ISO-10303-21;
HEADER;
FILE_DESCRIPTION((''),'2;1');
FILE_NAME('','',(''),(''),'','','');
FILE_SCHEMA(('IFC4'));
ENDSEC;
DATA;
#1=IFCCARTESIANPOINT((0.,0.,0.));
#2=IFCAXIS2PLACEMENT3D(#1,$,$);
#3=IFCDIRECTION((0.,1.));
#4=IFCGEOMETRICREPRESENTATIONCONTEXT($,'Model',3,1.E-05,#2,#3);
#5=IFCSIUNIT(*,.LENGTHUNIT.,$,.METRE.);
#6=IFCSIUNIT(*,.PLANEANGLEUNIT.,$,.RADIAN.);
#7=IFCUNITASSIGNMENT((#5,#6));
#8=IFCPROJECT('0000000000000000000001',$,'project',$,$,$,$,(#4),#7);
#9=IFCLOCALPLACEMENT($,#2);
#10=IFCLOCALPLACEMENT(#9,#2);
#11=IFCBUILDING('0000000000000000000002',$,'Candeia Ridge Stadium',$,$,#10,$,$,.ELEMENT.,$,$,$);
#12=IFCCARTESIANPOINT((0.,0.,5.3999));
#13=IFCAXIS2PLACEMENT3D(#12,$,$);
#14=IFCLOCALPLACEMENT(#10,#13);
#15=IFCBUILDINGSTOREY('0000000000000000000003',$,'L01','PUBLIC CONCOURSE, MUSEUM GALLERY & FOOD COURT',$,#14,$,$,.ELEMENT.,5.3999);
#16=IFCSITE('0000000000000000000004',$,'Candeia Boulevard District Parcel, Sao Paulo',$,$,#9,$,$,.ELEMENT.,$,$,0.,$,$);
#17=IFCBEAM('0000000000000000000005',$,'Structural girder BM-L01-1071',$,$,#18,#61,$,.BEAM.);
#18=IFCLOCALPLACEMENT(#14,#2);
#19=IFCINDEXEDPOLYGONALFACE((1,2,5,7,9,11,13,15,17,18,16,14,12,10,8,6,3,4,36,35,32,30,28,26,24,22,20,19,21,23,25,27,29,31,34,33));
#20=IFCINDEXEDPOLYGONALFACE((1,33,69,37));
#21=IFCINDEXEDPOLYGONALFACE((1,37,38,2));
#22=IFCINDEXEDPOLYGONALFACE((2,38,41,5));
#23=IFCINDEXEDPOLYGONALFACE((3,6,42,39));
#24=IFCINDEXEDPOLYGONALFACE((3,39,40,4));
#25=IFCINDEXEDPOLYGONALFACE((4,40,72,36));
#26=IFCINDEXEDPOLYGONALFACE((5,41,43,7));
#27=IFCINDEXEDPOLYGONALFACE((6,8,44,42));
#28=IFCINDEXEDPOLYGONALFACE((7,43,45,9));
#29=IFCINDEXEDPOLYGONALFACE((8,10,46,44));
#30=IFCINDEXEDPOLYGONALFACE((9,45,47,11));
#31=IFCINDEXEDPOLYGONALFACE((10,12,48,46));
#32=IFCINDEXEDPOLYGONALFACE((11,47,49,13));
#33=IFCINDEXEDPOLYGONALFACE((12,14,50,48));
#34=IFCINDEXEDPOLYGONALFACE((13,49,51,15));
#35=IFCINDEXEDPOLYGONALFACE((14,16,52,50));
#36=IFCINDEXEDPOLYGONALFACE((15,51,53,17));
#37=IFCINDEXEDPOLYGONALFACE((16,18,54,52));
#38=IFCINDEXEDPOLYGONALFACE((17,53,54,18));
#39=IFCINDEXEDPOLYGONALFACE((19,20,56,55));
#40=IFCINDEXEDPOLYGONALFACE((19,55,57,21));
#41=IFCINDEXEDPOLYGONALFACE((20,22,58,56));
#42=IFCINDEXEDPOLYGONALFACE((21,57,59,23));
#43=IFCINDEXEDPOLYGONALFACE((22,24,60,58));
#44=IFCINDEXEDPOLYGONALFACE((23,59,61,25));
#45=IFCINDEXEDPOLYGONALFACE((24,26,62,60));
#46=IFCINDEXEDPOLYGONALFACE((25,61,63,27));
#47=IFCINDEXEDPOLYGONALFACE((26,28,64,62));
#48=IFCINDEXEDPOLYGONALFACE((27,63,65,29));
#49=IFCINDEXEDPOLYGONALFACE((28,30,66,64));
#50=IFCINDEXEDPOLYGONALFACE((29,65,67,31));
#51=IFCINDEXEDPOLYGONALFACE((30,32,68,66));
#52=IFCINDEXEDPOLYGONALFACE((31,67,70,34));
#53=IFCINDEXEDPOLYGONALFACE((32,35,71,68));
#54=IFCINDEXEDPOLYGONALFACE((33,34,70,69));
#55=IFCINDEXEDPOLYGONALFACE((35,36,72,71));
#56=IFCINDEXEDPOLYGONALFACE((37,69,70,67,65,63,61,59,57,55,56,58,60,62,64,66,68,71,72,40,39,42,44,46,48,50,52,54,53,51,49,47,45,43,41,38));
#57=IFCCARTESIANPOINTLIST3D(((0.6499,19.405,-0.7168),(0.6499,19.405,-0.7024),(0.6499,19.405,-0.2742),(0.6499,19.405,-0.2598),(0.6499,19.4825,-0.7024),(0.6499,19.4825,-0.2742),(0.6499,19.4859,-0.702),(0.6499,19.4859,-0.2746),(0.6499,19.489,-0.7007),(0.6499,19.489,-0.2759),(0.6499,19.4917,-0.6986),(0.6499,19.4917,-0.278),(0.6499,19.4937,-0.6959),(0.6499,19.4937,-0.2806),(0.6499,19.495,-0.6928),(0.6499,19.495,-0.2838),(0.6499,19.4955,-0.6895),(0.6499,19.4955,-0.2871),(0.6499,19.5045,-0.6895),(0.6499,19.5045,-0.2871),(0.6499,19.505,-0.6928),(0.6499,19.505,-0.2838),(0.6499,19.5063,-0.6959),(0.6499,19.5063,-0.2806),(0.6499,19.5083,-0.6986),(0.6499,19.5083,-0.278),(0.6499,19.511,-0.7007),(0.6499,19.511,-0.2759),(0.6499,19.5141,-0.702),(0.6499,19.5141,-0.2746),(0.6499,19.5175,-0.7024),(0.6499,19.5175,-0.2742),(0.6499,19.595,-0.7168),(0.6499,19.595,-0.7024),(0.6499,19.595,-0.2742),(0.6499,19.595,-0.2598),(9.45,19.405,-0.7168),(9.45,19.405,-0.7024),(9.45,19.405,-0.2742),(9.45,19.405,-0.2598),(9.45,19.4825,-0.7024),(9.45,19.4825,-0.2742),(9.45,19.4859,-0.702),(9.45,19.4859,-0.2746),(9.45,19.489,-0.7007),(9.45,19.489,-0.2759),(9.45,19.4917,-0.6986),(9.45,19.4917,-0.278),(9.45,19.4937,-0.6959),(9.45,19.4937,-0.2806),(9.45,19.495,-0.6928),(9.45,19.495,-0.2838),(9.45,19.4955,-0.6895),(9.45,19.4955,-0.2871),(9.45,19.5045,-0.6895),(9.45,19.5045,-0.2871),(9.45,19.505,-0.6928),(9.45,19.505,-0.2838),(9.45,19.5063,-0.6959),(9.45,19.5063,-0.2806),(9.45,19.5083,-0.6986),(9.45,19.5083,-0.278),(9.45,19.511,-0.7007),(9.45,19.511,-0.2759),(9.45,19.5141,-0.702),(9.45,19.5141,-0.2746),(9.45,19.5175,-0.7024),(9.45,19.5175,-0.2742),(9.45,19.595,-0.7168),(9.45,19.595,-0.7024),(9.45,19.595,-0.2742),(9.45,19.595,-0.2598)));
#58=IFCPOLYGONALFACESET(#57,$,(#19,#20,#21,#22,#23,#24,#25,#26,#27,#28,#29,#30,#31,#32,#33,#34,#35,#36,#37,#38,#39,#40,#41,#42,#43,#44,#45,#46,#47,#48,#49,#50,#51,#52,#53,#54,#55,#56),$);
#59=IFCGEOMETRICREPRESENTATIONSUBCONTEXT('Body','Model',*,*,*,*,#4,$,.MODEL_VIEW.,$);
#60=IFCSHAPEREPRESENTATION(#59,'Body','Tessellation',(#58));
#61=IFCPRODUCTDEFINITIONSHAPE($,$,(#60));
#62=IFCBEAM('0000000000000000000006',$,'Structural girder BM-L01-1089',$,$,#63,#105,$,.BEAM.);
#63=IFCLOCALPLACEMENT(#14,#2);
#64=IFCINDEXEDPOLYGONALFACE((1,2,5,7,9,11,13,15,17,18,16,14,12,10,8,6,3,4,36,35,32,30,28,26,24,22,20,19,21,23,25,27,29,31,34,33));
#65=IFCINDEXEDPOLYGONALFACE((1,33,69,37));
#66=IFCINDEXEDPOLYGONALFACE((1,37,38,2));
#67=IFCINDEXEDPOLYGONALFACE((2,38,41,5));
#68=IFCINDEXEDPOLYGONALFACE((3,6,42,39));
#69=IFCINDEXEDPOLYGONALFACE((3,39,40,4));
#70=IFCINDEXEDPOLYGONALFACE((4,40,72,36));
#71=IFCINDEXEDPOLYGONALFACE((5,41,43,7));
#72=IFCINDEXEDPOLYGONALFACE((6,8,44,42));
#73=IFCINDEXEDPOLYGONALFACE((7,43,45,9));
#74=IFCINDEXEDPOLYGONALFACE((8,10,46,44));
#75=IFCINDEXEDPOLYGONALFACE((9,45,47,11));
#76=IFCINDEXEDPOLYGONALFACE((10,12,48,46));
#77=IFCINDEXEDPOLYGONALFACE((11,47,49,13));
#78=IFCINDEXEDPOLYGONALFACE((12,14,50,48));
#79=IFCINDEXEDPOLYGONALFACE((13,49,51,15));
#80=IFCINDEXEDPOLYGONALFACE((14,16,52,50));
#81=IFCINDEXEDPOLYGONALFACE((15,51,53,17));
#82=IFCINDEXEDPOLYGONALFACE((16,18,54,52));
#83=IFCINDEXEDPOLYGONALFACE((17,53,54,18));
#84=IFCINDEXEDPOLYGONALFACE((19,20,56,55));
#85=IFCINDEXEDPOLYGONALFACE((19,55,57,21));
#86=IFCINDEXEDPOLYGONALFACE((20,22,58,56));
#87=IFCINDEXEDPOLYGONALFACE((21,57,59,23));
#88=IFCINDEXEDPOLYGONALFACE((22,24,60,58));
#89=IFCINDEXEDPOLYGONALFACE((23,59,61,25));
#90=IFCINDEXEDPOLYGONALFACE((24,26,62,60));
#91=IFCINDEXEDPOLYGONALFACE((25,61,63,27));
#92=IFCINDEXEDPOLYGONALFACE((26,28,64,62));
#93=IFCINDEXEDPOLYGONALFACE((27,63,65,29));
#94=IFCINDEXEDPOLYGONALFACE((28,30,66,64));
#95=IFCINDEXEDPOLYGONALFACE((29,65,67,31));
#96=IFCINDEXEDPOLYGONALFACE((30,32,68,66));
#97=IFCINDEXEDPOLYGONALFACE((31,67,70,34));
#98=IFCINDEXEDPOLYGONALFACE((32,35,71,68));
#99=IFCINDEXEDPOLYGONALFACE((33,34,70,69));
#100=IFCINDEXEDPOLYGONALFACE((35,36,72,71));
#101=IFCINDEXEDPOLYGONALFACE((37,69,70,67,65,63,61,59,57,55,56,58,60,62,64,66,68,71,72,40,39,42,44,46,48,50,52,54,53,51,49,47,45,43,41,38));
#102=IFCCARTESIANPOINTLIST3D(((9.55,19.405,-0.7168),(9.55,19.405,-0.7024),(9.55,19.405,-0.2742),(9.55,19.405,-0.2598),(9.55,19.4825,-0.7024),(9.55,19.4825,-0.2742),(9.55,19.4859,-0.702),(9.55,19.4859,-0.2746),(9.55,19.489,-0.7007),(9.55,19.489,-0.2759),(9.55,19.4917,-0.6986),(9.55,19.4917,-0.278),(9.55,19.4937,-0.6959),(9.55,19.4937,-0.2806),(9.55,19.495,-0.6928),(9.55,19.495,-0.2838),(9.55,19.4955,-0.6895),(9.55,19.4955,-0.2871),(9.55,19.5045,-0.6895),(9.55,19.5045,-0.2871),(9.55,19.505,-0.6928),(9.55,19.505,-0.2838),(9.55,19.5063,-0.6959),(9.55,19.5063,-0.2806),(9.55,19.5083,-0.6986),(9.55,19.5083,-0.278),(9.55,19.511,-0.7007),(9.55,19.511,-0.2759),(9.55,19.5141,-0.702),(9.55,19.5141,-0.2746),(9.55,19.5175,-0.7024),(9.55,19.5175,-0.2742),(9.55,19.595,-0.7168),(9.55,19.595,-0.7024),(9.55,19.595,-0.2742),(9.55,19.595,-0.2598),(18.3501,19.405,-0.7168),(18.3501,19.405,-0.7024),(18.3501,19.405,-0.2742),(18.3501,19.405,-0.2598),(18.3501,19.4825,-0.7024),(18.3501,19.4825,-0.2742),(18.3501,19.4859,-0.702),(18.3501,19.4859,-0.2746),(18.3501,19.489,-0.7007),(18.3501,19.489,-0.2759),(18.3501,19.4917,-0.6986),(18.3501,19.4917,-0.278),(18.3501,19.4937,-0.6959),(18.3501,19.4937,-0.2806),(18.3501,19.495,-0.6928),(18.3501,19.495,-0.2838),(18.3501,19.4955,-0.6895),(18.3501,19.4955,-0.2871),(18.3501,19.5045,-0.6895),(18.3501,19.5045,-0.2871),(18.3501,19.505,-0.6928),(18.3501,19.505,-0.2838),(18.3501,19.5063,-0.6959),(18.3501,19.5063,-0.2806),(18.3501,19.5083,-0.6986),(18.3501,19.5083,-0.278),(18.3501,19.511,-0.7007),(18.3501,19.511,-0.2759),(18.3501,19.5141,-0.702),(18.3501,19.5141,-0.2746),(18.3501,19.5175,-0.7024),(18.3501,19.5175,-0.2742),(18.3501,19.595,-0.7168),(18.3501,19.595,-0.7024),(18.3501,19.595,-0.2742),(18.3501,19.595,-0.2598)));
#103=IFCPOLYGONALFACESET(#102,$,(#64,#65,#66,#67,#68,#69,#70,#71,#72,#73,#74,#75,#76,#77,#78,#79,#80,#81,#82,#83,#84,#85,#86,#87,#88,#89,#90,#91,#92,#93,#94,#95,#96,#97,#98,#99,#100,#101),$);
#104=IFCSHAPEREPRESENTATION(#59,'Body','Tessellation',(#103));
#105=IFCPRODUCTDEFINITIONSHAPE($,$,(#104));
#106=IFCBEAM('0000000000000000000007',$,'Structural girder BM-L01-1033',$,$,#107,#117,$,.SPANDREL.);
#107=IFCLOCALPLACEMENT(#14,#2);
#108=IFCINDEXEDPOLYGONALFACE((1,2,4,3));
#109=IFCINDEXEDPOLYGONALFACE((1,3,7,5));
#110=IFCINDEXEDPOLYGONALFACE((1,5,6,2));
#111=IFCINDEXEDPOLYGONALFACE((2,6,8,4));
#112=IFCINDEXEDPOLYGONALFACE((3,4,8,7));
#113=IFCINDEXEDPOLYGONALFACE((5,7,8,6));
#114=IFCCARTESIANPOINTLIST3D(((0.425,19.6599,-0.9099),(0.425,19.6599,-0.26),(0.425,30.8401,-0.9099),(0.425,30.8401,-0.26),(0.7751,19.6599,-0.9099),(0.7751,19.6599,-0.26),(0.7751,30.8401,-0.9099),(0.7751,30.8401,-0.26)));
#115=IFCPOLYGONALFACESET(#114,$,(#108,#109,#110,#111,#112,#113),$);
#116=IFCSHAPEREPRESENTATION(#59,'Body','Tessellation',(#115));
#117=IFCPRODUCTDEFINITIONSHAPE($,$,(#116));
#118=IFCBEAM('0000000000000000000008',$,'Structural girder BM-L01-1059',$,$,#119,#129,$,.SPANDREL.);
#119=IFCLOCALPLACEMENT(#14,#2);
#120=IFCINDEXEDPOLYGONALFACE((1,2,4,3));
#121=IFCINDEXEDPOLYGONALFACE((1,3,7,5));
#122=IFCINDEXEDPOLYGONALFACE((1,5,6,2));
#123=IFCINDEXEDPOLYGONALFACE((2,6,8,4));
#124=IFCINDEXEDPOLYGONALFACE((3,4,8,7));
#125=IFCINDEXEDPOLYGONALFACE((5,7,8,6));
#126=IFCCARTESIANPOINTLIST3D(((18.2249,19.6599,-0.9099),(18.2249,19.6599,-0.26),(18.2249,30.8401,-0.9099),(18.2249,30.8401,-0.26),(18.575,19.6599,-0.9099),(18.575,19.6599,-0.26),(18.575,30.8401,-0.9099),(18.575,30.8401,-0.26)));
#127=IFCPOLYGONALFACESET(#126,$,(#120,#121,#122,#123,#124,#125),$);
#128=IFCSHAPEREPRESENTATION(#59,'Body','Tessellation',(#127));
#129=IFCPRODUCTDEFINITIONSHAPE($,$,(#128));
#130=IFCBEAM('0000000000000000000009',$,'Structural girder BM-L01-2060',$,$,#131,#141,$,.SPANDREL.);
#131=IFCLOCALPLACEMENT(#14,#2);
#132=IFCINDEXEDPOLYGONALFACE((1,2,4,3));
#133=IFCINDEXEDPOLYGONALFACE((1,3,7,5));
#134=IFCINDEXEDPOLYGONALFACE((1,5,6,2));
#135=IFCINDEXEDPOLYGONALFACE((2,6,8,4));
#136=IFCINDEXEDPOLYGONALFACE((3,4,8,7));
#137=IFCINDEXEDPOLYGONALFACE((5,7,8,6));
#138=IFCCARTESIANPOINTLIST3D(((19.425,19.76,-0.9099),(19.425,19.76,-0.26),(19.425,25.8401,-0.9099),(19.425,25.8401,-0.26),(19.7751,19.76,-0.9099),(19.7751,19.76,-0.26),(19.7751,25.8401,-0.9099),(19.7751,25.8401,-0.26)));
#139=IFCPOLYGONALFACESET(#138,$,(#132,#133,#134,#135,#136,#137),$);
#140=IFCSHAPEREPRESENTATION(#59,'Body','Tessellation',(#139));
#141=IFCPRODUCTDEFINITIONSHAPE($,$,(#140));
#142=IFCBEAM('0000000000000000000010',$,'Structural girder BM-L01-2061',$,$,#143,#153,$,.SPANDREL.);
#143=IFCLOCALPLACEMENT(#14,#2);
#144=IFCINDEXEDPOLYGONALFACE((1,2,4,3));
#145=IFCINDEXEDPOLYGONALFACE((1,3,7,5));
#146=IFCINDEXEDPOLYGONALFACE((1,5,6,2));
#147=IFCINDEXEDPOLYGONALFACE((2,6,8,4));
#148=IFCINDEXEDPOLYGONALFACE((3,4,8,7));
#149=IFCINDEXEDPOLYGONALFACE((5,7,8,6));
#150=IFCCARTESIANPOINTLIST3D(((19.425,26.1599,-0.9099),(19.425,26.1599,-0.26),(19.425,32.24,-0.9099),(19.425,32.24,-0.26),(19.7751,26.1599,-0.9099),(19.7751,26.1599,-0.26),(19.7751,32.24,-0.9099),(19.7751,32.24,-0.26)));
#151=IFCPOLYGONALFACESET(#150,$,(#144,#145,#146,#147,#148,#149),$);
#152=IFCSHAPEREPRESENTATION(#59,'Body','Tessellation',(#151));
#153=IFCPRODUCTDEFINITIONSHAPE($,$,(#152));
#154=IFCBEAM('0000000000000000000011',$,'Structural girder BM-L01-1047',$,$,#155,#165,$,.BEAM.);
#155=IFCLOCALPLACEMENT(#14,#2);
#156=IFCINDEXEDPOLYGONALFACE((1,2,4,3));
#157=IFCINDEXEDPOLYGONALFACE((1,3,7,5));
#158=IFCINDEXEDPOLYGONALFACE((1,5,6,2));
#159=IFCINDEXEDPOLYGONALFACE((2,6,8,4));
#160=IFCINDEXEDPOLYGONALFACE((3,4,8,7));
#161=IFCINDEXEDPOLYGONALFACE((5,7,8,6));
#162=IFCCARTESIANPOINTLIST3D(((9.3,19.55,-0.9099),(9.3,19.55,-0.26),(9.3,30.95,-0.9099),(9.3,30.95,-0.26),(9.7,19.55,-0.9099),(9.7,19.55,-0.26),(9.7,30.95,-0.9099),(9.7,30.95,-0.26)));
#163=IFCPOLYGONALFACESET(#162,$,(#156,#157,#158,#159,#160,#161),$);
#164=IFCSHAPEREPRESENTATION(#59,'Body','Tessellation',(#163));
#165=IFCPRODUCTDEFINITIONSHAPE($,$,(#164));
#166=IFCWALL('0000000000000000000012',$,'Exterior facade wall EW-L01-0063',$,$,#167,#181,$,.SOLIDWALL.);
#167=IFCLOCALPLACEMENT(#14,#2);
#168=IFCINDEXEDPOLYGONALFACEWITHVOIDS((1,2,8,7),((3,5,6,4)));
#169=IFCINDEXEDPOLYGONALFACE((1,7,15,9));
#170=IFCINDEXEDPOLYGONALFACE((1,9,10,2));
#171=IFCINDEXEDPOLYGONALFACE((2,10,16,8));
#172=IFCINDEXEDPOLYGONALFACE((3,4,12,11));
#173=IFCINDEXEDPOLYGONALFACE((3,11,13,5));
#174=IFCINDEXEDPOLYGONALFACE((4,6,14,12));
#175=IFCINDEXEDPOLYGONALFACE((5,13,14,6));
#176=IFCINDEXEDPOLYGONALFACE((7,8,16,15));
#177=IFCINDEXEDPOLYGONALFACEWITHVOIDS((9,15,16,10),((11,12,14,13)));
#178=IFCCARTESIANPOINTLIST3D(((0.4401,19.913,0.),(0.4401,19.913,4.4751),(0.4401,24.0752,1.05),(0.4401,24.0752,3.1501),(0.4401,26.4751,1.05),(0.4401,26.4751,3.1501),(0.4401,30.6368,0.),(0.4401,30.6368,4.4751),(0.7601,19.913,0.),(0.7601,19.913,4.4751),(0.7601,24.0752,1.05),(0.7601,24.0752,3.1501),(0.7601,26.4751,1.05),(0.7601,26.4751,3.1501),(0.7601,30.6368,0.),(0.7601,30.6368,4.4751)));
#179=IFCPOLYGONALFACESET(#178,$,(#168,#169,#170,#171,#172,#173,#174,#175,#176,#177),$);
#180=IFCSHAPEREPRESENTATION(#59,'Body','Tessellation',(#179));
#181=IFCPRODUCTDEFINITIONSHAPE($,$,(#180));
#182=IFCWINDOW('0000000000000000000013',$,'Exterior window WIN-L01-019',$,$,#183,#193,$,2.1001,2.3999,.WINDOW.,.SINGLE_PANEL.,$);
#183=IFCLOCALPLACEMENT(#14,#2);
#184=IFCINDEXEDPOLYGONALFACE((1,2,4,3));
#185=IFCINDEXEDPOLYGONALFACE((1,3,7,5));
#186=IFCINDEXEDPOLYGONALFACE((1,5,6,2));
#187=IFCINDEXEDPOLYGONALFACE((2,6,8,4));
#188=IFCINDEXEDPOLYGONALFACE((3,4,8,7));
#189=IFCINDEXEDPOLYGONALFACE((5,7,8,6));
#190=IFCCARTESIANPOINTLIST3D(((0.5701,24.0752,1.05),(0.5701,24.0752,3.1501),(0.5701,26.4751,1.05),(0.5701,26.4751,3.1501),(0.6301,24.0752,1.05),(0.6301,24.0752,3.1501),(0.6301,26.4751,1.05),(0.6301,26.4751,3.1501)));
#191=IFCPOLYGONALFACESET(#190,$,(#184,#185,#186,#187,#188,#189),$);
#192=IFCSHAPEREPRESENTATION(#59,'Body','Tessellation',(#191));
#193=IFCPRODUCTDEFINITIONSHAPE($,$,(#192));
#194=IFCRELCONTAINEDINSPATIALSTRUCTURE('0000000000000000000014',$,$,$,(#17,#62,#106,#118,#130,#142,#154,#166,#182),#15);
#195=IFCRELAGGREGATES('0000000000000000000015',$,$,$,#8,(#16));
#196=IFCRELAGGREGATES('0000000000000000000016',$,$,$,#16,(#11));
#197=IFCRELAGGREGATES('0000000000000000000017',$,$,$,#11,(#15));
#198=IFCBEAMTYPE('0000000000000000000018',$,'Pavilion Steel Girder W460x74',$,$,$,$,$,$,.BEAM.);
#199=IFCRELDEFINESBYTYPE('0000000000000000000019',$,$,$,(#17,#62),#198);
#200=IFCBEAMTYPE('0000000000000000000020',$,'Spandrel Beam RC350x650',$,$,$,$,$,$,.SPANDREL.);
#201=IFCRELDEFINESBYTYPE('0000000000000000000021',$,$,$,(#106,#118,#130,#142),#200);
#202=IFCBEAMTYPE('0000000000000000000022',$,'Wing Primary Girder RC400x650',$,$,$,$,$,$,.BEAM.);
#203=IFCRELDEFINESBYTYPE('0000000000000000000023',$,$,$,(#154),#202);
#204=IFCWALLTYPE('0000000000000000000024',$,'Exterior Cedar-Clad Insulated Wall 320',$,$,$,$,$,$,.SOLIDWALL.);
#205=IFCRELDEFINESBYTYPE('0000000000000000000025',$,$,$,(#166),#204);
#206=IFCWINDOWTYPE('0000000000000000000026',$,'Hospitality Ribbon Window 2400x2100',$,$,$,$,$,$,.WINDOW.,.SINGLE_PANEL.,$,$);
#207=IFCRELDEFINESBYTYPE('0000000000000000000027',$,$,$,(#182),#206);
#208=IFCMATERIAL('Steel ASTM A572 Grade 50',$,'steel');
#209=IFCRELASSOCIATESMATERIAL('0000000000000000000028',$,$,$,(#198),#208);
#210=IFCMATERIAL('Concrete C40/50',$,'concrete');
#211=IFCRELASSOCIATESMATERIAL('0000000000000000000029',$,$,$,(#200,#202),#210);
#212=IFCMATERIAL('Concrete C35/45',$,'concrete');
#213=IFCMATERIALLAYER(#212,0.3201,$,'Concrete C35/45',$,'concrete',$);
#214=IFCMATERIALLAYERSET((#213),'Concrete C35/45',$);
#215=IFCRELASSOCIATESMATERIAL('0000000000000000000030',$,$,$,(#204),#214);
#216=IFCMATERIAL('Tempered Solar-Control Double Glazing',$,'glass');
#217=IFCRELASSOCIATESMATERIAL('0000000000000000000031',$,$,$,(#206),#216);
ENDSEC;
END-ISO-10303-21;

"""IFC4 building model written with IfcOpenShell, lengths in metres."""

from ifc_helpers import new_model, si_unit, direction, frame, frame_2d, origin, origin_2d, place, context, subcontext, project, spatial, rectangle, i_section, extrude, material, layer, layer_set, material_profile, profile_set, type_object, element, fill, save


model = new_model("IFC4")

# Units and contexts
model_context = context("Model", 3, precision=1e-05, world=origin(), true_north=direction((0.0, 1.0)))
body_context = subcontext(model_context, "Body", "Model", "MODEL_VIEW")
ifc_project = project(units=[si_unit("LENGTHUNIT", "METRE"), si_unit("PLANEANGLEUNIT", "RADIAN")], contexts=[model_context])

# Site, building, storey
site_placement = place(None, origin())
site = spatial("IfcSite", under=ifc_project, at=site_placement, Name="Candeia Boulevard District Parcel, Sao Paulo", CompositionType="ELEMENT", RefElevation=0.0)
building_placement = place(site_placement, origin())
building = spatial("IfcBuilding", under=site, at=building_placement, Name="Candeia Ridge Stadium", CompositionType="ELEMENT")
storey_placement = place(building_placement, frame((0.0, 0.0, 5.3999)))
storey = spatial("IfcBuildingStorey", under=building, at=storey_placement, Name="L01", Description="PUBLIC CONCOURSE, MUSEUM GALLERY & FOOD COURT", CompositionType="ELEMENT", Elevation=5.3999)

# Shared definitions
ifc_material_1 = material(Name="Concrete C40/50", Category="concrete")

# Beams
ifc_material_2 = material(Name="Steel ASTM A572 Grade 50", Category="steel")
ifc_material_profile_1 = material_profile(ifc_material_2, i_section(OverallWidth=0.1899, OverallDepth=0.457, WebThickness=0.009, FlangeThickness=0.0144, FilletRadius=0.0129, at=origin_2d()), Name="W460x74", Category="steel")
ifc_profile_set_1 = profile_set([ifc_material_profile_1], Name="Steel ASTM A572 Grade 50")
beam_type_1 = type_object("IfcBeamType", Name="Pavilion Steel Girder W460x74", PredefinedType="BEAM", material=ifc_profile_set_1)
for number, where, z_axis, x_axis, name in (
    (1, (0.6499, 19.5, -0.4883), (1.0, 0.0, 0.0), (0.0, 1.0, 0.0), "Structural girder BM-L01-1071"),
    (2, (9.55, 19.5, -0.4883), (1.0, 0.0, 0.0), (0.0, 1.0, 0.0), "Structural girder BM-L01-1089"),
):
    element("IfcBeam", number, at=place(storey_placement, frame(where, z_axis=z_axis, x_axis=x_axis)), inside=storey, type_object=beam_type_1, Name=name, PredefinedType="BEAM", context=body_context, shape_type="SweptSolid", body=[
        extrude(i_section(OverallWidth=0.1899, OverallDepth=0.457, WebThickness=0.009, FlangeThickness=0.0144, FilletRadius=0.0129, at=origin_2d()), origin(), (0.0, 0.0, 1.0), 8.8),
    ])
ifc_material_profile_2 = material_profile(ifc_material_1, rectangle(XDim=0.3501, YDim=0.6499, at=origin_2d()), Name="RC350x650", Category="concrete")
ifc_profile_set_2 = profile_set([ifc_material_profile_2], Name="Concrete C40/50")
beam_type_2 = type_object("IfcBeamType", Name="Spandrel Beam RC350x650", PredefinedType="SPANDREL", material=ifc_profile_set_2)
for number, where, z_axis, x_axis, name in (
    (3, (0.6001, 19.6599, -0.585), (0.0, 1.0, 0.0), (-1.0, 0.0, 0.0), "Structural girder BM-L01-1033"),
    (4, (18.3999, 19.6599, -0.585), (0.0, 1.0, 0.0), (-1.0, 0.0, 0.0), "Structural girder BM-L01-1059"),
):
    element("IfcBeam", number, at=place(storey_placement, frame(where, z_axis=z_axis, x_axis=x_axis)), inside=storey, type_object=beam_type_2, Name=name, PredefinedType="SPANDREL", context=body_context, shape_type="SweptSolid", body=[
        extrude(rectangle(XDim=0.3501, YDim=0.6499, at=origin_2d()), origin(), (0.0, 0.0, 1.0), 11.1802),
    ])
for number, where, z_axis, x_axis, name in (
    (5, (19.6001, 19.76, -0.585), (0.0, 1.0, 0.0), (-1.0, 0.0, 0.0), "Structural girder BM-L01-2060"),
    (6, (19.6001, 26.1599, -0.585), (0.0, 1.0, 0.0), (-1.0, 0.0, 0.0), "Structural girder BM-L01-2061"),
):
    element("IfcBeam", number, at=place(storey_placement, frame(where, z_axis=z_axis, x_axis=x_axis)), inside=storey, type_object=beam_type_2, Name=name, PredefinedType="SPANDREL", context=body_context, shape_type="SweptSolid", body=[
        extrude(rectangle(XDim=0.3501, YDim=0.6499, at=origin_2d()), origin(), (0.0, 0.0, 1.0), 6.0801),
    ])
ifc_material_profile_3 = material_profile(ifc_material_1, rectangle(XDim=0.3999, YDim=0.6499, at=origin_2d()), Name="RC400x650", Category="concrete")
ifc_profile_set_3 = profile_set([ifc_material_profile_3], Name="Concrete C40/50")
beam_type_3 = type_object("IfcBeamType", Name="Wing Primary Girder RC400x650", PredefinedType="BEAM", material=ifc_profile_set_3)
beam_placement = place(storey_placement, frame((9.5, 19.55, -0.585), z_axis=(0.0, 1.0, 0.0), x_axis=(-1.0, 0.0, 0.0)))
element("IfcBeam", 7, at=beam_placement, inside=storey, type_object=beam_type_3, Name="Structural girder BM-L01-1047", PredefinedType="BEAM", context=body_context, shape_type="SweptSolid", body=[
    extrude(rectangle(XDim=0.3999, YDim=0.6499, at=origin_2d()), origin(), (0.0, 0.0, 1.0), 11.3999),
])

# Wall, opening, window
ifc_material_3 = material(Name="Concrete C35/45", Category="concrete")
ifc_layer_1 = layer(ifc_material_3, 0.3201, Name="Concrete C35/45", Category="concrete")
ifc_layer_set_1 = layer_set([ifc_layer_1], Name="Concrete C35/45")
wall_type_1 = type_object("IfcWallType", Name="Exterior Cedar-Clad Insulated Wall 320", PredefinedType="SOLIDWALL", material=ifc_layer_set_1)
wall_1_placement = place(storey_placement, frame((0.6001, 19.9131, 0.0), z_axis=(0.0, 0.0, 1.0), x_axis=(0.0, 1.0, 0.0)))
wall_1 = element("IfcWall", 8, at=wall_1_placement, inside=storey, type_object=wall_type_1, Name="Exterior facade wall EW-L01-0063", PredefinedType="SOLIDWALL", context=body_context, shape_type="SweptSolid", body=[
    extrude(rectangle(XDim=10.7239, YDim=0.3201, at=frame_2d((5.3618, 0.0))), origin(), (0.0, 0.0, 1.0), 4.4751),
])
opening_1_placement = place(wall_1_placement, frame((4.1621, 0.0, 1.05)))
opening_1 = element("IfcOpeningElement", 9, at=opening_1_placement, cuts=wall_1, PredefinedType="OPENING", context=body_context, shape_type="SweptSolid", body=[
    extrude(rectangle(XDim=2.3999, YDim=2.1001, at=frame_2d((1.2, 1.05))), frame((0.0, 0.1699, 0.0), z_axis=(0.0, -1.0, 0.0), x_axis=(1.0, 0.0, 0.0)), (0.0, 0.0, 1.0), 0.3401),
])
ifc_material_4 = material(Name="Tempered Solar-Control Double Glazing", Category="glass")
window_type_1 = type_object("IfcWindowType", Name="Hospitality Ribbon Window 2400x2100", PartitioningType="SINGLE_PANEL", PredefinedType="WINDOW", material=ifc_material_4)
window_1_placement = place(opening_1_placement, origin())
window_1 = element("IfcWindow", 10, at=window_1_placement, inside=storey, type_object=window_type_1, Name="Exterior window WIN-L01-019", OverallHeight=2.1001, OverallWidth=2.3999, PartitioningType="SINGLE_PANEL", PredefinedType="WINDOW", context=body_context, shape_type="SweptSolid", body=[
    extrude(rectangle(XDim=2.3999, YDim=2.1001, at=frame_2d((1.2, 1.05))), frame((0.0, 0.03, 0.0), z_axis=(0.0, -1.0, 0.0), x_axis=(1.0, 0.0, 0.0)), (0.0, 0.0, 1.0), 0.0601),
])
fill(opening_1, window_1)

save(model, "model.ifc")
